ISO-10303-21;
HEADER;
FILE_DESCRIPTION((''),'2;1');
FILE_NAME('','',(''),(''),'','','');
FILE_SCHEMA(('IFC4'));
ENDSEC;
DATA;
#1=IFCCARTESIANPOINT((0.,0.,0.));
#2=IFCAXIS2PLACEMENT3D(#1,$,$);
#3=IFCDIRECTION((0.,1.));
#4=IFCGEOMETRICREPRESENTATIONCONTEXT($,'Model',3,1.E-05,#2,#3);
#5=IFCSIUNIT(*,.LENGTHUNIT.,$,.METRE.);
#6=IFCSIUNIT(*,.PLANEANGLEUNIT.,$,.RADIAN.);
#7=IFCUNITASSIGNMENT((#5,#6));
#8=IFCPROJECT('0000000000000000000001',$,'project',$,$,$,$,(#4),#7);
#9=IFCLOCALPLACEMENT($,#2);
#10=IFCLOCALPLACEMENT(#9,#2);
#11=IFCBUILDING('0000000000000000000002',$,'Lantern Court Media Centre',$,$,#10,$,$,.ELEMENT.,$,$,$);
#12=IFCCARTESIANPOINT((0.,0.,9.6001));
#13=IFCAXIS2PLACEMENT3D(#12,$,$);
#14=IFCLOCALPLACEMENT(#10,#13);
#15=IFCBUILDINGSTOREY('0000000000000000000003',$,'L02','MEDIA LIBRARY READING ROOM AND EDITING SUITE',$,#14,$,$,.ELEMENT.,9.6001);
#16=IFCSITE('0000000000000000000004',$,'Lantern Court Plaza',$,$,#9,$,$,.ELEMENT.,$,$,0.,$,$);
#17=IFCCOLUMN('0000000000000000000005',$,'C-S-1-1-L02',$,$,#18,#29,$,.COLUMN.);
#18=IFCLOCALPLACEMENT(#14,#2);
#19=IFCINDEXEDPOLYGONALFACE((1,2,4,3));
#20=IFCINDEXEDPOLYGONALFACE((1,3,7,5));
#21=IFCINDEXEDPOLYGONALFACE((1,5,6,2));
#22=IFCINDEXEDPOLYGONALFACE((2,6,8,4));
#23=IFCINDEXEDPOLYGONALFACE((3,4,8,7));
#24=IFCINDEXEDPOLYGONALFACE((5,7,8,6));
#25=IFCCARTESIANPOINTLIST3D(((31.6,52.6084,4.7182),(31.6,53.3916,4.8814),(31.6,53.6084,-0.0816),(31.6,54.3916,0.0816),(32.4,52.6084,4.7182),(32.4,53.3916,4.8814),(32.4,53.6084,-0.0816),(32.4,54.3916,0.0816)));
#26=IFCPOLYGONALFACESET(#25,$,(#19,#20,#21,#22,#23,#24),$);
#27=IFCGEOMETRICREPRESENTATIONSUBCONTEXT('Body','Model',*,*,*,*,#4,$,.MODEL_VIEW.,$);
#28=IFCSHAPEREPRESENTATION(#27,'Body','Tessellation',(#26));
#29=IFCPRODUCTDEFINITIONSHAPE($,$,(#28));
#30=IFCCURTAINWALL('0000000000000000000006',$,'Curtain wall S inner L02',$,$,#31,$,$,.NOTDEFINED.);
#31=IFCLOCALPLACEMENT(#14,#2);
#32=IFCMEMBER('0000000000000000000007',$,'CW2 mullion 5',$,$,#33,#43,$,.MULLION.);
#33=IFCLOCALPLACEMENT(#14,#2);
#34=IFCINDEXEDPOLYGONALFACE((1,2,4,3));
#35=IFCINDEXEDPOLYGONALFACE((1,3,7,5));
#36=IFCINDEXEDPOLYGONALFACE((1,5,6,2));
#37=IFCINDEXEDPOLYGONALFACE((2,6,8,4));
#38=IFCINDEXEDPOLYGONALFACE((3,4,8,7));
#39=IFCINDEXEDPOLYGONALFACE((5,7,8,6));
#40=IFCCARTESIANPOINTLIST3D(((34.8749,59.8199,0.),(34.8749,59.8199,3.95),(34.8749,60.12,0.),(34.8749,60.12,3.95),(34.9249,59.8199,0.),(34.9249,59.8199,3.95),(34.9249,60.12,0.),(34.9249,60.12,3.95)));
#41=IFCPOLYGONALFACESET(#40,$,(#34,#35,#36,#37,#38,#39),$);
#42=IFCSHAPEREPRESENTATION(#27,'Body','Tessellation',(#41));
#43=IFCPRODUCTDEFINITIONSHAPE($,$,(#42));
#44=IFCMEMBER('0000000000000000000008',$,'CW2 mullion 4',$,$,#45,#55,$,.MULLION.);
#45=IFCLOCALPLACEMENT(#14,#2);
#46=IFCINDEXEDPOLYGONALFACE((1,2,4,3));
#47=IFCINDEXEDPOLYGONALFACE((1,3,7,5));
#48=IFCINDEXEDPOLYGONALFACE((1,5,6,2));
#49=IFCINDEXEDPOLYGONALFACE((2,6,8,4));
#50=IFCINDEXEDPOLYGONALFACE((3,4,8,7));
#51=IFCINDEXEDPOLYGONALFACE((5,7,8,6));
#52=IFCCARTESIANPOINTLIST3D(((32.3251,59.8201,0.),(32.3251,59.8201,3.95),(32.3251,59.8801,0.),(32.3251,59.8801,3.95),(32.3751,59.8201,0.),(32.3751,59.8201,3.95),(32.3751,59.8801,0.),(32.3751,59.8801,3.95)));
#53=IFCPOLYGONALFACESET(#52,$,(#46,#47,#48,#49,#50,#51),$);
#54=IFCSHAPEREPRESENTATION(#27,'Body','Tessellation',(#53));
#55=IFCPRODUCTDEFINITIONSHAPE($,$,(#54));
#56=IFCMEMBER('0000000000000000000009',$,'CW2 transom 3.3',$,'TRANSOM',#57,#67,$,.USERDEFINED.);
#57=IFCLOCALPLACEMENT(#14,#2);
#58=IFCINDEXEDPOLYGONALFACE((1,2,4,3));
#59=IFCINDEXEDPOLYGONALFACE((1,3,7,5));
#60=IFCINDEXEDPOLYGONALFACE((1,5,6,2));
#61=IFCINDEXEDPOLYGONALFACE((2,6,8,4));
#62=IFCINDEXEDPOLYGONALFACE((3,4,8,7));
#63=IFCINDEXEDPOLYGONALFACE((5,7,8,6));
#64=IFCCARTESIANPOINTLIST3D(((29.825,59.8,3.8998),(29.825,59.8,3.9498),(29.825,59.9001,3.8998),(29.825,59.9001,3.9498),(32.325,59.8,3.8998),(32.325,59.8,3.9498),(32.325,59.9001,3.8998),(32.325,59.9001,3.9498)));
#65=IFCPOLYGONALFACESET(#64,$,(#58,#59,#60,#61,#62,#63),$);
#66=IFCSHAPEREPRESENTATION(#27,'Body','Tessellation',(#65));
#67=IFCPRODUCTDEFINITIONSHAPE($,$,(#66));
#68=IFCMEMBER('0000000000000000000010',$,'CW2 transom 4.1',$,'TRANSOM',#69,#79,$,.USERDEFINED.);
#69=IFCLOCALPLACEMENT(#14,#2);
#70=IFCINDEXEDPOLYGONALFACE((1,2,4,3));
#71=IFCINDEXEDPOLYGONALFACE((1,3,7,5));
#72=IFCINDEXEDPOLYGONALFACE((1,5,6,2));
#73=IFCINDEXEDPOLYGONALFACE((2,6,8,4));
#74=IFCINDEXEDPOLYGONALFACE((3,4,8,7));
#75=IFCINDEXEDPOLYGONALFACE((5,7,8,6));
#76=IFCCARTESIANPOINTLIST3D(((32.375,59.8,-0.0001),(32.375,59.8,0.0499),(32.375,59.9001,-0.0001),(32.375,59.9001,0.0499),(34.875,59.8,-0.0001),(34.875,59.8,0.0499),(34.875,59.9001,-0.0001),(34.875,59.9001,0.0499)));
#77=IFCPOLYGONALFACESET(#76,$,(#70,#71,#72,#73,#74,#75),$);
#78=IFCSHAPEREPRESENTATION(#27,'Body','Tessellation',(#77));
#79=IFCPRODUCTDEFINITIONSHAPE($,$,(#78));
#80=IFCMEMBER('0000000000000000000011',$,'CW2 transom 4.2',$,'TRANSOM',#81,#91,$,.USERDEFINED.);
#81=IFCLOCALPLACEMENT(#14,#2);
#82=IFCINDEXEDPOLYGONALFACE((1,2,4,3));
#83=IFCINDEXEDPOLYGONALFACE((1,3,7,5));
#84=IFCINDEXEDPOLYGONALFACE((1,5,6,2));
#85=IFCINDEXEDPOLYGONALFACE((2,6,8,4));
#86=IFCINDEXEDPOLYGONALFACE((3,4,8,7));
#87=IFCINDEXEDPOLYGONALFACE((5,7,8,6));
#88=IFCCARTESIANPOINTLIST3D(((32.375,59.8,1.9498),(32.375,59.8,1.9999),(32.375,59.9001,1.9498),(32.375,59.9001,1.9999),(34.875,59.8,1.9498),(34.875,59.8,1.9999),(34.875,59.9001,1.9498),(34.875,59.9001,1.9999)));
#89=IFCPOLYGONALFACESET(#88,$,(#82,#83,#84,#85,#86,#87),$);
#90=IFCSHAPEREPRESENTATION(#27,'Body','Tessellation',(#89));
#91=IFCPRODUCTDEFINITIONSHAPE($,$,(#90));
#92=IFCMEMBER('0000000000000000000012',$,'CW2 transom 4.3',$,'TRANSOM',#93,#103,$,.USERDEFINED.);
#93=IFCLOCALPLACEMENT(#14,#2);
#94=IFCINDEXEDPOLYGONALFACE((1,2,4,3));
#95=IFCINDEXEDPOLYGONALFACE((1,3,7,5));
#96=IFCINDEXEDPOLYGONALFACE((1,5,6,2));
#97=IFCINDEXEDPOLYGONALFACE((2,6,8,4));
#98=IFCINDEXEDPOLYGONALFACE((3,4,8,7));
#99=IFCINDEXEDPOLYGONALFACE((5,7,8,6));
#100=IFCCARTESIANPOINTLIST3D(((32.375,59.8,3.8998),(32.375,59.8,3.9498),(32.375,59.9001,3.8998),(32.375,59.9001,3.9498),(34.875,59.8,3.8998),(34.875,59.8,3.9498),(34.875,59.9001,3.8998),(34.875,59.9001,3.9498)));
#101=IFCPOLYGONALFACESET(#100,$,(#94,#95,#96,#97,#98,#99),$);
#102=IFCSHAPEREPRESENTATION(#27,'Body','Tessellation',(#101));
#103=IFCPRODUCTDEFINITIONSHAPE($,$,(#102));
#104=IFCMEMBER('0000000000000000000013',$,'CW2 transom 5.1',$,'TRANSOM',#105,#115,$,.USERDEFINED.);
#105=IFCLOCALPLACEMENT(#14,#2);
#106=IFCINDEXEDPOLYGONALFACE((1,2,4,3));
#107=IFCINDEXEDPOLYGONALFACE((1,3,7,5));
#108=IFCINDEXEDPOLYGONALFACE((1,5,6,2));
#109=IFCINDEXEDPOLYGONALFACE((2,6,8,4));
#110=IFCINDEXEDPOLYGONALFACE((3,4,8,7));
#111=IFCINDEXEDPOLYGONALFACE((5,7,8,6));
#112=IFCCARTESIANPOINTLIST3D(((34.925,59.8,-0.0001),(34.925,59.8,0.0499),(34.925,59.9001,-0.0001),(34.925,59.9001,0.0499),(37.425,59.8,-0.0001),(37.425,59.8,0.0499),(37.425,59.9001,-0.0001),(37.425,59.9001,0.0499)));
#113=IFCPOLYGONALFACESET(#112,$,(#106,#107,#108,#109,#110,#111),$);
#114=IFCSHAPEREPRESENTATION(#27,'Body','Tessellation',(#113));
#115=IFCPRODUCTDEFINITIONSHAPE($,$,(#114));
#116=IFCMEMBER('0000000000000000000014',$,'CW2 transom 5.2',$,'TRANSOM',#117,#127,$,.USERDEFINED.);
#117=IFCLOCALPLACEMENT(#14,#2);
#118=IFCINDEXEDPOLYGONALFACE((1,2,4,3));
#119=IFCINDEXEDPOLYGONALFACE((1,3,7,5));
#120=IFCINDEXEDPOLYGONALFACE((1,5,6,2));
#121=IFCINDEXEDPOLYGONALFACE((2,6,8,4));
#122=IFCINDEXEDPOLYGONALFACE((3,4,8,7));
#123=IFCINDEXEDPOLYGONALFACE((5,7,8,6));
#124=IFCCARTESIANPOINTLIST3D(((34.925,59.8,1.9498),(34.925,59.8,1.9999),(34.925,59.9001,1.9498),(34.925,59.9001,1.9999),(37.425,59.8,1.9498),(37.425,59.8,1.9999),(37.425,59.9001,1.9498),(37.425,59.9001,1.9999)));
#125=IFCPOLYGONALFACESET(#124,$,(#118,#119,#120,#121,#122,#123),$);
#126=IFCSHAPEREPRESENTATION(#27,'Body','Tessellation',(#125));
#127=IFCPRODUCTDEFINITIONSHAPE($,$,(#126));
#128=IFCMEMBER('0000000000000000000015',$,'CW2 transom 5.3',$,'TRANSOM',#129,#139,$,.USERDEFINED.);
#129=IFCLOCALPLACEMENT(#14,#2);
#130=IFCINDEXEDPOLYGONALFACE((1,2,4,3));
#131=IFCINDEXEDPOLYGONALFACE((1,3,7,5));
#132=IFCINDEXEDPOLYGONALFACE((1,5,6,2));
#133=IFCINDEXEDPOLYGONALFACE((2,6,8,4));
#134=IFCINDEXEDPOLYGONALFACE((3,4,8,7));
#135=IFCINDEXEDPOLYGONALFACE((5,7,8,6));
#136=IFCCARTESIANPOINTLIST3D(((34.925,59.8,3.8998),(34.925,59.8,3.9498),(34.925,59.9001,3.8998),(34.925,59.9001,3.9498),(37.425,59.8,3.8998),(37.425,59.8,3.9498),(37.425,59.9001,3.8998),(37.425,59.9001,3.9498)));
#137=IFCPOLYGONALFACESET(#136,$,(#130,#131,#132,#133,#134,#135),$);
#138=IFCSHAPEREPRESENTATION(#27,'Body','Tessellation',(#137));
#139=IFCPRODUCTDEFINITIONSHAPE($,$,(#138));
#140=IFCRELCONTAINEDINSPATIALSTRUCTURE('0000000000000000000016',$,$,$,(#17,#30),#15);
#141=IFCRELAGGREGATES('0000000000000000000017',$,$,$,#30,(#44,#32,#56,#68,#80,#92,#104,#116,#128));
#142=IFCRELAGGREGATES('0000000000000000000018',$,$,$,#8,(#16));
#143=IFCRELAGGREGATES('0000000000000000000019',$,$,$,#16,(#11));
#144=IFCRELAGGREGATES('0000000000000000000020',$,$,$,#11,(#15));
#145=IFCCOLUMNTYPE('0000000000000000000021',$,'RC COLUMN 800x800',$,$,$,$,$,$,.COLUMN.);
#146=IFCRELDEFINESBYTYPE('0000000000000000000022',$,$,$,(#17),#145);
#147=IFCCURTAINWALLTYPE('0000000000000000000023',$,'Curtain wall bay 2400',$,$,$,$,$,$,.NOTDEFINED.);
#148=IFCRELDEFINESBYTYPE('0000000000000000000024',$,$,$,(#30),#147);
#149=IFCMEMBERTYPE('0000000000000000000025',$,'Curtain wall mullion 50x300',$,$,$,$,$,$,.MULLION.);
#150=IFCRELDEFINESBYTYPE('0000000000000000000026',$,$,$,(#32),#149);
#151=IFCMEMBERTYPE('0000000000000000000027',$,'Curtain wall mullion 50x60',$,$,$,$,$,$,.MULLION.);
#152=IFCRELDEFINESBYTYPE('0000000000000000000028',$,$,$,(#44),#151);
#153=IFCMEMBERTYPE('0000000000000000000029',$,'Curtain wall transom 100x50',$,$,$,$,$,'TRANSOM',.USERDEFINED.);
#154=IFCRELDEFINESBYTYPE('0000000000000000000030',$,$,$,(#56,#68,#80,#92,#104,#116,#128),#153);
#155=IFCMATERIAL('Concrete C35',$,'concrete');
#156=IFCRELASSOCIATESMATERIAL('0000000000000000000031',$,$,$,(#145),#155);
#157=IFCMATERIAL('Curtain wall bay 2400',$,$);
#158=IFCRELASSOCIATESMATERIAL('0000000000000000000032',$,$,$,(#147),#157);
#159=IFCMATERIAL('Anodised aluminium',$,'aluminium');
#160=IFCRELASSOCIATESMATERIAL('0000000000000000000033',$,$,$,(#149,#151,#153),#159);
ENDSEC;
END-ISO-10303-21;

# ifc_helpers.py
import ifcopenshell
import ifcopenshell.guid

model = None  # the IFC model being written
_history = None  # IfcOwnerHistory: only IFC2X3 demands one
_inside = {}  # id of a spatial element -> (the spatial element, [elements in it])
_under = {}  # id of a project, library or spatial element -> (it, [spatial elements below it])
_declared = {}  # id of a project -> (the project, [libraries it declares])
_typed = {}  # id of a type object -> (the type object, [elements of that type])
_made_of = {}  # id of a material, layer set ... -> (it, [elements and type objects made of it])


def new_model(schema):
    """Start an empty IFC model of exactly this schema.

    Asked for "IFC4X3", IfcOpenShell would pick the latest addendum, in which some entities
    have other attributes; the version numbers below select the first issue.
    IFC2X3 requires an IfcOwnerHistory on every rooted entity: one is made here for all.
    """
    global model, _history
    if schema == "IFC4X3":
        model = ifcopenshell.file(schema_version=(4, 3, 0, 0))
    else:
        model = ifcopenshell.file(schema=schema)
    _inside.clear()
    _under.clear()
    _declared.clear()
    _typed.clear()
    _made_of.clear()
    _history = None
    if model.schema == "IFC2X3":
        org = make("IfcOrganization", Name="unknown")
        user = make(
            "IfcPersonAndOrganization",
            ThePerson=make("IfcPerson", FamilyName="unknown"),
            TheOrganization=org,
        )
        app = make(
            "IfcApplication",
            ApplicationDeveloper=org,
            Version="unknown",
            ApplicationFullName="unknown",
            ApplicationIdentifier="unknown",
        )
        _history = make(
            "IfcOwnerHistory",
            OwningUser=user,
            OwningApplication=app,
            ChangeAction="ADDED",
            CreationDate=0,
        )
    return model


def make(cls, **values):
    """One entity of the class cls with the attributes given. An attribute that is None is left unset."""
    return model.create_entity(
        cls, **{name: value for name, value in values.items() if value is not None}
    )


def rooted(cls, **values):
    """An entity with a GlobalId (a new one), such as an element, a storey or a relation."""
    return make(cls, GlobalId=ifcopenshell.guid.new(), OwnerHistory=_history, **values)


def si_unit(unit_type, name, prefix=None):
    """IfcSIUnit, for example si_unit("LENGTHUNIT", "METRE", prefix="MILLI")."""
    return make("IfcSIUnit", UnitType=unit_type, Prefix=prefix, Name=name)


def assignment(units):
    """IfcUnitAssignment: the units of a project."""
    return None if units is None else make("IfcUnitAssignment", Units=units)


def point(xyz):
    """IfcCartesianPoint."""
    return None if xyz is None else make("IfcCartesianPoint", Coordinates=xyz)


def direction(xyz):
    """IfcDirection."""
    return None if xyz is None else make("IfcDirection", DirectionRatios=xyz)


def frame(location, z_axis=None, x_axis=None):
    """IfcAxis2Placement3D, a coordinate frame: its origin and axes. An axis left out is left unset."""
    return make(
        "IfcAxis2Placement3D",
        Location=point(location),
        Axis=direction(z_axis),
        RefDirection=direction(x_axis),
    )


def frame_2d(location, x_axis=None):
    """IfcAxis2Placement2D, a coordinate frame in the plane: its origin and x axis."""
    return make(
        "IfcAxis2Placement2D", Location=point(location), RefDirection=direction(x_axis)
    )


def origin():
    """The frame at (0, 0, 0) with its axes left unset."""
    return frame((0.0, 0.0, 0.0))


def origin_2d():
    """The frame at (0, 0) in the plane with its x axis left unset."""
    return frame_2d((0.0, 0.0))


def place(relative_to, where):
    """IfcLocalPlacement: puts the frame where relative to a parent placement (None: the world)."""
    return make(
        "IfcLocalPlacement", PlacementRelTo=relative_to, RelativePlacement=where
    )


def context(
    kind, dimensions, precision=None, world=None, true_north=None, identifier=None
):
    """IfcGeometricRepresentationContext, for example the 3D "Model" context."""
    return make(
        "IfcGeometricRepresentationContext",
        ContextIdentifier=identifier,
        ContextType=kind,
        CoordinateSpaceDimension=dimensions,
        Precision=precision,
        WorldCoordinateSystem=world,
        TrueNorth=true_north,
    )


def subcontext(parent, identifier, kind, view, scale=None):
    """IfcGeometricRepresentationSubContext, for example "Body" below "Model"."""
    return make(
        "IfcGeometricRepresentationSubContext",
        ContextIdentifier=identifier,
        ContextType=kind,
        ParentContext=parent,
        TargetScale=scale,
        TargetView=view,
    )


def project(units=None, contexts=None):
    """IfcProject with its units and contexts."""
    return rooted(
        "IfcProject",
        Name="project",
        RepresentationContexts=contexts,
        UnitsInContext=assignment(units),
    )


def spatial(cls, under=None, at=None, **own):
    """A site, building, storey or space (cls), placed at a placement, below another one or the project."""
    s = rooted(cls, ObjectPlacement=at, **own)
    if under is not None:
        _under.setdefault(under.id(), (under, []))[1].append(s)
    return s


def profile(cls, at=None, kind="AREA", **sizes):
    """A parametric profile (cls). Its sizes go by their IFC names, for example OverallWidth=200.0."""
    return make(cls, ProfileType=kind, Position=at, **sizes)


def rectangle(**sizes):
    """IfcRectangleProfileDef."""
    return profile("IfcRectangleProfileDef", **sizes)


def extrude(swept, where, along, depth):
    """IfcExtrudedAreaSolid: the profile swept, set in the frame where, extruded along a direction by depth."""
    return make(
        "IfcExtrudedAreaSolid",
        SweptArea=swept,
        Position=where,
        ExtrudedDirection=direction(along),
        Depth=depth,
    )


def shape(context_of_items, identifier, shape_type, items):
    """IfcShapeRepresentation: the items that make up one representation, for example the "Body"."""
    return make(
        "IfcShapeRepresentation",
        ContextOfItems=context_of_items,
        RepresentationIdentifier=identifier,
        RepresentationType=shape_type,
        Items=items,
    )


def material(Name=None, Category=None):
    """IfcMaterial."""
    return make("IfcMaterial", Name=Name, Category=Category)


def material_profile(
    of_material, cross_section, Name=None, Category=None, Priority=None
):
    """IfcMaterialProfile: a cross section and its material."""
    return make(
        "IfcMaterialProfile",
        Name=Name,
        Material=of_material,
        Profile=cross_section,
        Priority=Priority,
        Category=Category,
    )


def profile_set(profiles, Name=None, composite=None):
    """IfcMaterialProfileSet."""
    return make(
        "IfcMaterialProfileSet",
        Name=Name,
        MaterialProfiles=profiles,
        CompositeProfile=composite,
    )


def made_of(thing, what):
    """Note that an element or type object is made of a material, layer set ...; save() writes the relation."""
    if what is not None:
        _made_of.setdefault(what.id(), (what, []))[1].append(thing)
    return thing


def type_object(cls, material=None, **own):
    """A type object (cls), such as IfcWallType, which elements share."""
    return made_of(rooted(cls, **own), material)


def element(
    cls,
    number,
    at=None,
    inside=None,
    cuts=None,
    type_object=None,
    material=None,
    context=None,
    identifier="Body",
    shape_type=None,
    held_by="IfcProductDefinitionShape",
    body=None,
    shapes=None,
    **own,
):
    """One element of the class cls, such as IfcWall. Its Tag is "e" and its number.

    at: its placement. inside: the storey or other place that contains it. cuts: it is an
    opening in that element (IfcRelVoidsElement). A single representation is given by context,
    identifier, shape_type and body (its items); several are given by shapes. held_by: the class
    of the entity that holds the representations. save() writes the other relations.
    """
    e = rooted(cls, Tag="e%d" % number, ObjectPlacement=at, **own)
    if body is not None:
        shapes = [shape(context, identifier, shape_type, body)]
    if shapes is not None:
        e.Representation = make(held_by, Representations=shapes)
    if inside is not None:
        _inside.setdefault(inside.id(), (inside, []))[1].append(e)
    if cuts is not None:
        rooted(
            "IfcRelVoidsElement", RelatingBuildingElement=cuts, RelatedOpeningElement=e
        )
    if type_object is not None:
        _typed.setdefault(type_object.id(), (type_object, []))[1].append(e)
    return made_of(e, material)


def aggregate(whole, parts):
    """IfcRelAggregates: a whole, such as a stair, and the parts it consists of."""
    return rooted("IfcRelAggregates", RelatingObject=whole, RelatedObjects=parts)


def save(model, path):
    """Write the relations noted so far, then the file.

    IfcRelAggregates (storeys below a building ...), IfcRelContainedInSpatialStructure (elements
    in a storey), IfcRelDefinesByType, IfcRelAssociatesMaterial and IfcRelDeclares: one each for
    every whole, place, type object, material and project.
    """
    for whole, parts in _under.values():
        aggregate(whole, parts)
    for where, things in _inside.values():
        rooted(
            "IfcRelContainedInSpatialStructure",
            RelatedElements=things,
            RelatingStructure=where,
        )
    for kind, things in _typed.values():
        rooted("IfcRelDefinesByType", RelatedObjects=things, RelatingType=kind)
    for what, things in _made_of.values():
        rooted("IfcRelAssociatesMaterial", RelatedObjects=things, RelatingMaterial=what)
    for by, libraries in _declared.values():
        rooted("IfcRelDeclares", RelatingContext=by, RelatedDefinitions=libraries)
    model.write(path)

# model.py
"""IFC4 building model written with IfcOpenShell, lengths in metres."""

from ifc_helpers import new_model, si_unit, direction, frame, origin, origin_2d, place, context, subcontext, project, spatial, rectangle, extrude, material, material_profile, profile_set, type_object, element, aggregate, save


model = new_model("IFC4")

# Units and contexts
model_context = context("Model", 3, precision=1e-05, world=origin(), true_north=direction((0.0, 1.0)))
body_context = subcontext(model_context, "Body", "Model", "MODEL_VIEW")
ifc_project = project(units=[si_unit("LENGTHUNIT", "METRE"), si_unit("PLANEANGLEUNIT", "RADIAN")], contexts=[model_context])

# Site, building, storey
site_placement = place(None, origin())
site = spatial("IfcSite", under=ifc_project, at=site_placement, Name="Lantern Court Plaza", CompositionType="ELEMENT", RefElevation=0.0)
building_placement = place(site_placement, origin())
building = spatial("IfcBuilding", under=site, at=building_placement, Name="Lantern Court Media Centre", CompositionType="ELEMENT")
storey_placement = place(building_placement, frame((0.0, 0.0, 9.6001)))
storey = spatial("IfcBuildingStorey", under=building, at=storey_placement, Name="L02", Description="MEDIA LIBRARY READING ROOM AND EDITING SUITE", CompositionType="ELEMENT", Elevation=9.6001)

# Column
ifc_material_1 = material(Name="Concrete C35", Category="concrete")
ifc_material_profile_1 = material_profile(ifc_material_1, rectangle(XDim=0.8, YDim=0.8, at=origin_2d()), Name="RC 800x800")
ifc_profile_set_1 = profile_set([ifc_material_profile_1], Name="Concrete C35")
column_type = type_object("IfcColumnType", Name="RC COLUMN 800x800", PredefinedType="COLUMN", material=ifc_profile_set_1)
column_placement = place(storey_placement, frame((32.0, 54.0, 0.0), z_axis=(0.0, -0.203962, 0.978979), x_axis=(1.0, 0.0, 0.0)))
element("IfcColumn", 1, at=column_placement, inside=storey, type_object=column_type, Name="C-S-1-1-L02", PredefinedType="COLUMN", context=body_context, shape_type="SweptSolid", body=[
    extrude(rectangle(XDim=0.8, YDim=0.8, at=origin_2d()), origin(), (0.0, 0.0, 1.0), 4.9028),
])

# Curtain wall, members
ifc_material_2 = material(Name="Curtain wall bay 2400")
curtain_wall_type = type_object("IfcCurtainWallType", Name="Curtain wall bay 2400", PredefinedType="NOTDEFINED", material=ifc_material_2)
curtain_wall_placement = place(storey_placement, origin())
curtain_wall = element("IfcCurtainWall", 2, at=curtain_wall_placement, inside=storey, type_object=curtain_wall_type, Name="Curtain wall S inner L02", PredefinedType="NOTDEFINED")
ifc_material_3 = material(Name="Anodised aluminium", Category="aluminium")
ifc_material_profile_2 = material_profile(ifc_material_3, rectangle(XDim=0.3, YDim=0.05, at=origin_2d()), Name="AL 50x300")
ifc_profile_set_2 = profile_set([ifc_material_profile_2], Name="Anodised aluminium")
member_type_1 = type_object("IfcMemberType", Name="Curtain wall mullion 50x300", PredefinedType="MULLION", material=ifc_profile_set_2)
member_1_placement = place(storey_placement, frame((34.8999, 59.97, 0.0), z_axis=(0.0, 0.0, 1.0), x_axis=(0.0, 1.0, 0.0)))
member_1 = element("IfcMember", 3, at=member_1_placement, type_object=member_type_1, Name="CW2 mullion 5", PredefinedType="MULLION", context=body_context, shape_type="SweptSolid", body=[
    extrude(rectangle(XDim=0.3, YDim=0.05, at=origin_2d()), origin(), (0.0, 0.0, 1.0), 3.95),
])
ifc_material_profile_3 = material_profile(ifc_material_3, rectangle(XDim=0.0601, YDim=0.05, at=origin_2d()), Name="AL 50x60")
ifc_profile_set_3 = profile_set([ifc_material_profile_3], Name="Anodised aluminium")
member_type_2 = type_object("IfcMemberType", Name="Curtain wall mullion 50x60", PredefinedType="MULLION", material=ifc_profile_set_3)
member_2_placement = place(storey_placement, frame((32.3501, 59.8501, 0.0), z_axis=(0.0, 0.0, 1.0), x_axis=(0.0, 1.0, 0.0)))
member_2 = element("IfcMember", 4, at=member_2_placement, type_object=member_type_2, Name="CW2 mullion 4", PredefinedType="MULLION", context=body_context, shape_type="SweptSolid", body=[
    extrude(rectangle(XDim=0.0601, YDim=0.05, at=origin_2d()), origin(), (0.0, 0.0, 1.0), 3.95),
])
ifc_material_profile_4 = material_profile(ifc_material_3, rectangle(XDim=0.1001, YDim=0.05, at=origin_2d()), Name="AL 50x100")
ifc_profile_set_4 = profile_set([ifc_material_profile_4], Name="Anodised aluminium")
member_type_3 = type_object("IfcMemberType", Name="Curtain wall transom 100x50", ElementType="TRANSOM", PredefinedType="USERDEFINED", material=ifc_profile_set_4)
member_3_placement = place(storey_placement, frame((29.825, 59.8501, 3.9248), z_axis=(1.0, 0.0, 0.0), x_axis=(0.0, 1.0, 0.0)))
member_3 = element("IfcMember", 5, at=member_3_placement, type_object=member_type_3, Name="CW2 transom 3.3", ObjectType="TRANSOM", PredefinedType="USERDEFINED", context=body_context, shape_type="SweptSolid", body=[
    extrude(rectangle(XDim=0.1001, YDim=0.05, at=origin_2d()), origin(), (0.0, 0.0, 1.0), 2.5),
])
member_4_placement = place(storey_placement, frame((32.375, 59.8501, 0.0249), z_axis=(1.0, 0.0, 0.0), x_axis=(0.0, 1.0, 0.0)))
member_4 = element("IfcMember", 6, at=member_4_placement, type_object=member_type_3, Name="CW2 transom 4.1", ObjectType="TRANSOM", PredefinedType="USERDEFINED", context=body_context, shape_type="SweptSolid", body=[
    extrude(rectangle(XDim=0.1001, YDim=0.05, at=origin_2d()), origin(), (0.0, 0.0, 1.0), 2.5),
])
member_5_placement = place(storey_placement, frame((32.375, 59.8501, 1.9749), z_axis=(1.0, 0.0, 0.0), x_axis=(0.0, 1.0, 0.0)))
member_5 = element("IfcMember", 7, at=member_5_placement, type_object=member_type_3, Name="CW2 transom 4.2", ObjectType="TRANSOM", PredefinedType="USERDEFINED", context=body_context, shape_type="SweptSolid", body=[
    extrude(rectangle(XDim=0.1001, YDim=0.05, at=origin_2d()), origin(), (0.0, 0.0, 1.0), 2.5),
])
member_6_placement = place(storey_placement, frame((32.375, 59.8501, 3.9248), z_axis=(1.0, 0.0, 0.0), x_axis=(0.0, 1.0, 0.0)))
member_6 = element("IfcMember", 8, at=member_6_placement, type_object=member_type_3, Name="CW2 transom 4.3", ObjectType="TRANSOM", PredefinedType="USERDEFINED", context=body_context, shape_type="SweptSolid", body=[
    extrude(rectangle(XDim=0.1001, YDim=0.05, at=origin_2d()), origin(), (0.0, 0.0, 1.0), 2.5),
])
member_7_placement = place(storey_placement, frame((34.925, 59.8501, 0.0249), z_axis=(1.0, 0.0, 0.0), x_axis=(0.0, 1.0, 0.0)))
member_7 = element("IfcMember", 9, at=member_7_placement, type_object=member_type_3, Name="CW2 transom 5.1", ObjectType="TRANSOM", PredefinedType="USERDEFINED", context=body_context, shape_type="SweptSolid", body=[
    extrude(rectangle(XDim=0.1001, YDim=0.05, at=origin_2d()), origin(), (0.0, 0.0, 1.0), 2.5),
])
member_8_placement = place(storey_placement, frame((34.925, 59.8501, 1.9749), z_axis=(1.0, 0.0, 0.0), x_axis=(0.0, 1.0, 0.0)))
member_8 = element("IfcMember", 10, at=member_8_placement, type_object=member_type_3, Name="CW2 transom 5.2", ObjectType="TRANSOM", PredefinedType="USERDEFINED", context=body_context, shape_type="SweptSolid", body=[
    extrude(rectangle(XDim=0.1001, YDim=0.05, at=origin_2d()), origin(), (0.0, 0.0, 1.0), 2.5),
])
member_9_placement = place(storey_placement, frame((34.925, 59.8501, 3.9248), z_axis=(1.0, 0.0, 0.0), x_axis=(0.0, 1.0, 0.0)))
member_9 = element("IfcMember", 11, at=member_9_placement, type_object=member_type_3, Name="CW2 transom 5.3", ObjectType="TRANSOM", PredefinedType="USERDEFINED", context=body_context, shape_type="SweptSolid", body=[
    extrude(rectangle(XDim=0.1001, YDim=0.05, at=origin_2d()), origin(), (0.0, 0.0, 1.0), 2.5),
])

aggregate(curtain_wall, [member_2, member_1, member_3, member_4, member_5, member_6, member_7, member_8, member_9])

save(model, "model.ifc")
